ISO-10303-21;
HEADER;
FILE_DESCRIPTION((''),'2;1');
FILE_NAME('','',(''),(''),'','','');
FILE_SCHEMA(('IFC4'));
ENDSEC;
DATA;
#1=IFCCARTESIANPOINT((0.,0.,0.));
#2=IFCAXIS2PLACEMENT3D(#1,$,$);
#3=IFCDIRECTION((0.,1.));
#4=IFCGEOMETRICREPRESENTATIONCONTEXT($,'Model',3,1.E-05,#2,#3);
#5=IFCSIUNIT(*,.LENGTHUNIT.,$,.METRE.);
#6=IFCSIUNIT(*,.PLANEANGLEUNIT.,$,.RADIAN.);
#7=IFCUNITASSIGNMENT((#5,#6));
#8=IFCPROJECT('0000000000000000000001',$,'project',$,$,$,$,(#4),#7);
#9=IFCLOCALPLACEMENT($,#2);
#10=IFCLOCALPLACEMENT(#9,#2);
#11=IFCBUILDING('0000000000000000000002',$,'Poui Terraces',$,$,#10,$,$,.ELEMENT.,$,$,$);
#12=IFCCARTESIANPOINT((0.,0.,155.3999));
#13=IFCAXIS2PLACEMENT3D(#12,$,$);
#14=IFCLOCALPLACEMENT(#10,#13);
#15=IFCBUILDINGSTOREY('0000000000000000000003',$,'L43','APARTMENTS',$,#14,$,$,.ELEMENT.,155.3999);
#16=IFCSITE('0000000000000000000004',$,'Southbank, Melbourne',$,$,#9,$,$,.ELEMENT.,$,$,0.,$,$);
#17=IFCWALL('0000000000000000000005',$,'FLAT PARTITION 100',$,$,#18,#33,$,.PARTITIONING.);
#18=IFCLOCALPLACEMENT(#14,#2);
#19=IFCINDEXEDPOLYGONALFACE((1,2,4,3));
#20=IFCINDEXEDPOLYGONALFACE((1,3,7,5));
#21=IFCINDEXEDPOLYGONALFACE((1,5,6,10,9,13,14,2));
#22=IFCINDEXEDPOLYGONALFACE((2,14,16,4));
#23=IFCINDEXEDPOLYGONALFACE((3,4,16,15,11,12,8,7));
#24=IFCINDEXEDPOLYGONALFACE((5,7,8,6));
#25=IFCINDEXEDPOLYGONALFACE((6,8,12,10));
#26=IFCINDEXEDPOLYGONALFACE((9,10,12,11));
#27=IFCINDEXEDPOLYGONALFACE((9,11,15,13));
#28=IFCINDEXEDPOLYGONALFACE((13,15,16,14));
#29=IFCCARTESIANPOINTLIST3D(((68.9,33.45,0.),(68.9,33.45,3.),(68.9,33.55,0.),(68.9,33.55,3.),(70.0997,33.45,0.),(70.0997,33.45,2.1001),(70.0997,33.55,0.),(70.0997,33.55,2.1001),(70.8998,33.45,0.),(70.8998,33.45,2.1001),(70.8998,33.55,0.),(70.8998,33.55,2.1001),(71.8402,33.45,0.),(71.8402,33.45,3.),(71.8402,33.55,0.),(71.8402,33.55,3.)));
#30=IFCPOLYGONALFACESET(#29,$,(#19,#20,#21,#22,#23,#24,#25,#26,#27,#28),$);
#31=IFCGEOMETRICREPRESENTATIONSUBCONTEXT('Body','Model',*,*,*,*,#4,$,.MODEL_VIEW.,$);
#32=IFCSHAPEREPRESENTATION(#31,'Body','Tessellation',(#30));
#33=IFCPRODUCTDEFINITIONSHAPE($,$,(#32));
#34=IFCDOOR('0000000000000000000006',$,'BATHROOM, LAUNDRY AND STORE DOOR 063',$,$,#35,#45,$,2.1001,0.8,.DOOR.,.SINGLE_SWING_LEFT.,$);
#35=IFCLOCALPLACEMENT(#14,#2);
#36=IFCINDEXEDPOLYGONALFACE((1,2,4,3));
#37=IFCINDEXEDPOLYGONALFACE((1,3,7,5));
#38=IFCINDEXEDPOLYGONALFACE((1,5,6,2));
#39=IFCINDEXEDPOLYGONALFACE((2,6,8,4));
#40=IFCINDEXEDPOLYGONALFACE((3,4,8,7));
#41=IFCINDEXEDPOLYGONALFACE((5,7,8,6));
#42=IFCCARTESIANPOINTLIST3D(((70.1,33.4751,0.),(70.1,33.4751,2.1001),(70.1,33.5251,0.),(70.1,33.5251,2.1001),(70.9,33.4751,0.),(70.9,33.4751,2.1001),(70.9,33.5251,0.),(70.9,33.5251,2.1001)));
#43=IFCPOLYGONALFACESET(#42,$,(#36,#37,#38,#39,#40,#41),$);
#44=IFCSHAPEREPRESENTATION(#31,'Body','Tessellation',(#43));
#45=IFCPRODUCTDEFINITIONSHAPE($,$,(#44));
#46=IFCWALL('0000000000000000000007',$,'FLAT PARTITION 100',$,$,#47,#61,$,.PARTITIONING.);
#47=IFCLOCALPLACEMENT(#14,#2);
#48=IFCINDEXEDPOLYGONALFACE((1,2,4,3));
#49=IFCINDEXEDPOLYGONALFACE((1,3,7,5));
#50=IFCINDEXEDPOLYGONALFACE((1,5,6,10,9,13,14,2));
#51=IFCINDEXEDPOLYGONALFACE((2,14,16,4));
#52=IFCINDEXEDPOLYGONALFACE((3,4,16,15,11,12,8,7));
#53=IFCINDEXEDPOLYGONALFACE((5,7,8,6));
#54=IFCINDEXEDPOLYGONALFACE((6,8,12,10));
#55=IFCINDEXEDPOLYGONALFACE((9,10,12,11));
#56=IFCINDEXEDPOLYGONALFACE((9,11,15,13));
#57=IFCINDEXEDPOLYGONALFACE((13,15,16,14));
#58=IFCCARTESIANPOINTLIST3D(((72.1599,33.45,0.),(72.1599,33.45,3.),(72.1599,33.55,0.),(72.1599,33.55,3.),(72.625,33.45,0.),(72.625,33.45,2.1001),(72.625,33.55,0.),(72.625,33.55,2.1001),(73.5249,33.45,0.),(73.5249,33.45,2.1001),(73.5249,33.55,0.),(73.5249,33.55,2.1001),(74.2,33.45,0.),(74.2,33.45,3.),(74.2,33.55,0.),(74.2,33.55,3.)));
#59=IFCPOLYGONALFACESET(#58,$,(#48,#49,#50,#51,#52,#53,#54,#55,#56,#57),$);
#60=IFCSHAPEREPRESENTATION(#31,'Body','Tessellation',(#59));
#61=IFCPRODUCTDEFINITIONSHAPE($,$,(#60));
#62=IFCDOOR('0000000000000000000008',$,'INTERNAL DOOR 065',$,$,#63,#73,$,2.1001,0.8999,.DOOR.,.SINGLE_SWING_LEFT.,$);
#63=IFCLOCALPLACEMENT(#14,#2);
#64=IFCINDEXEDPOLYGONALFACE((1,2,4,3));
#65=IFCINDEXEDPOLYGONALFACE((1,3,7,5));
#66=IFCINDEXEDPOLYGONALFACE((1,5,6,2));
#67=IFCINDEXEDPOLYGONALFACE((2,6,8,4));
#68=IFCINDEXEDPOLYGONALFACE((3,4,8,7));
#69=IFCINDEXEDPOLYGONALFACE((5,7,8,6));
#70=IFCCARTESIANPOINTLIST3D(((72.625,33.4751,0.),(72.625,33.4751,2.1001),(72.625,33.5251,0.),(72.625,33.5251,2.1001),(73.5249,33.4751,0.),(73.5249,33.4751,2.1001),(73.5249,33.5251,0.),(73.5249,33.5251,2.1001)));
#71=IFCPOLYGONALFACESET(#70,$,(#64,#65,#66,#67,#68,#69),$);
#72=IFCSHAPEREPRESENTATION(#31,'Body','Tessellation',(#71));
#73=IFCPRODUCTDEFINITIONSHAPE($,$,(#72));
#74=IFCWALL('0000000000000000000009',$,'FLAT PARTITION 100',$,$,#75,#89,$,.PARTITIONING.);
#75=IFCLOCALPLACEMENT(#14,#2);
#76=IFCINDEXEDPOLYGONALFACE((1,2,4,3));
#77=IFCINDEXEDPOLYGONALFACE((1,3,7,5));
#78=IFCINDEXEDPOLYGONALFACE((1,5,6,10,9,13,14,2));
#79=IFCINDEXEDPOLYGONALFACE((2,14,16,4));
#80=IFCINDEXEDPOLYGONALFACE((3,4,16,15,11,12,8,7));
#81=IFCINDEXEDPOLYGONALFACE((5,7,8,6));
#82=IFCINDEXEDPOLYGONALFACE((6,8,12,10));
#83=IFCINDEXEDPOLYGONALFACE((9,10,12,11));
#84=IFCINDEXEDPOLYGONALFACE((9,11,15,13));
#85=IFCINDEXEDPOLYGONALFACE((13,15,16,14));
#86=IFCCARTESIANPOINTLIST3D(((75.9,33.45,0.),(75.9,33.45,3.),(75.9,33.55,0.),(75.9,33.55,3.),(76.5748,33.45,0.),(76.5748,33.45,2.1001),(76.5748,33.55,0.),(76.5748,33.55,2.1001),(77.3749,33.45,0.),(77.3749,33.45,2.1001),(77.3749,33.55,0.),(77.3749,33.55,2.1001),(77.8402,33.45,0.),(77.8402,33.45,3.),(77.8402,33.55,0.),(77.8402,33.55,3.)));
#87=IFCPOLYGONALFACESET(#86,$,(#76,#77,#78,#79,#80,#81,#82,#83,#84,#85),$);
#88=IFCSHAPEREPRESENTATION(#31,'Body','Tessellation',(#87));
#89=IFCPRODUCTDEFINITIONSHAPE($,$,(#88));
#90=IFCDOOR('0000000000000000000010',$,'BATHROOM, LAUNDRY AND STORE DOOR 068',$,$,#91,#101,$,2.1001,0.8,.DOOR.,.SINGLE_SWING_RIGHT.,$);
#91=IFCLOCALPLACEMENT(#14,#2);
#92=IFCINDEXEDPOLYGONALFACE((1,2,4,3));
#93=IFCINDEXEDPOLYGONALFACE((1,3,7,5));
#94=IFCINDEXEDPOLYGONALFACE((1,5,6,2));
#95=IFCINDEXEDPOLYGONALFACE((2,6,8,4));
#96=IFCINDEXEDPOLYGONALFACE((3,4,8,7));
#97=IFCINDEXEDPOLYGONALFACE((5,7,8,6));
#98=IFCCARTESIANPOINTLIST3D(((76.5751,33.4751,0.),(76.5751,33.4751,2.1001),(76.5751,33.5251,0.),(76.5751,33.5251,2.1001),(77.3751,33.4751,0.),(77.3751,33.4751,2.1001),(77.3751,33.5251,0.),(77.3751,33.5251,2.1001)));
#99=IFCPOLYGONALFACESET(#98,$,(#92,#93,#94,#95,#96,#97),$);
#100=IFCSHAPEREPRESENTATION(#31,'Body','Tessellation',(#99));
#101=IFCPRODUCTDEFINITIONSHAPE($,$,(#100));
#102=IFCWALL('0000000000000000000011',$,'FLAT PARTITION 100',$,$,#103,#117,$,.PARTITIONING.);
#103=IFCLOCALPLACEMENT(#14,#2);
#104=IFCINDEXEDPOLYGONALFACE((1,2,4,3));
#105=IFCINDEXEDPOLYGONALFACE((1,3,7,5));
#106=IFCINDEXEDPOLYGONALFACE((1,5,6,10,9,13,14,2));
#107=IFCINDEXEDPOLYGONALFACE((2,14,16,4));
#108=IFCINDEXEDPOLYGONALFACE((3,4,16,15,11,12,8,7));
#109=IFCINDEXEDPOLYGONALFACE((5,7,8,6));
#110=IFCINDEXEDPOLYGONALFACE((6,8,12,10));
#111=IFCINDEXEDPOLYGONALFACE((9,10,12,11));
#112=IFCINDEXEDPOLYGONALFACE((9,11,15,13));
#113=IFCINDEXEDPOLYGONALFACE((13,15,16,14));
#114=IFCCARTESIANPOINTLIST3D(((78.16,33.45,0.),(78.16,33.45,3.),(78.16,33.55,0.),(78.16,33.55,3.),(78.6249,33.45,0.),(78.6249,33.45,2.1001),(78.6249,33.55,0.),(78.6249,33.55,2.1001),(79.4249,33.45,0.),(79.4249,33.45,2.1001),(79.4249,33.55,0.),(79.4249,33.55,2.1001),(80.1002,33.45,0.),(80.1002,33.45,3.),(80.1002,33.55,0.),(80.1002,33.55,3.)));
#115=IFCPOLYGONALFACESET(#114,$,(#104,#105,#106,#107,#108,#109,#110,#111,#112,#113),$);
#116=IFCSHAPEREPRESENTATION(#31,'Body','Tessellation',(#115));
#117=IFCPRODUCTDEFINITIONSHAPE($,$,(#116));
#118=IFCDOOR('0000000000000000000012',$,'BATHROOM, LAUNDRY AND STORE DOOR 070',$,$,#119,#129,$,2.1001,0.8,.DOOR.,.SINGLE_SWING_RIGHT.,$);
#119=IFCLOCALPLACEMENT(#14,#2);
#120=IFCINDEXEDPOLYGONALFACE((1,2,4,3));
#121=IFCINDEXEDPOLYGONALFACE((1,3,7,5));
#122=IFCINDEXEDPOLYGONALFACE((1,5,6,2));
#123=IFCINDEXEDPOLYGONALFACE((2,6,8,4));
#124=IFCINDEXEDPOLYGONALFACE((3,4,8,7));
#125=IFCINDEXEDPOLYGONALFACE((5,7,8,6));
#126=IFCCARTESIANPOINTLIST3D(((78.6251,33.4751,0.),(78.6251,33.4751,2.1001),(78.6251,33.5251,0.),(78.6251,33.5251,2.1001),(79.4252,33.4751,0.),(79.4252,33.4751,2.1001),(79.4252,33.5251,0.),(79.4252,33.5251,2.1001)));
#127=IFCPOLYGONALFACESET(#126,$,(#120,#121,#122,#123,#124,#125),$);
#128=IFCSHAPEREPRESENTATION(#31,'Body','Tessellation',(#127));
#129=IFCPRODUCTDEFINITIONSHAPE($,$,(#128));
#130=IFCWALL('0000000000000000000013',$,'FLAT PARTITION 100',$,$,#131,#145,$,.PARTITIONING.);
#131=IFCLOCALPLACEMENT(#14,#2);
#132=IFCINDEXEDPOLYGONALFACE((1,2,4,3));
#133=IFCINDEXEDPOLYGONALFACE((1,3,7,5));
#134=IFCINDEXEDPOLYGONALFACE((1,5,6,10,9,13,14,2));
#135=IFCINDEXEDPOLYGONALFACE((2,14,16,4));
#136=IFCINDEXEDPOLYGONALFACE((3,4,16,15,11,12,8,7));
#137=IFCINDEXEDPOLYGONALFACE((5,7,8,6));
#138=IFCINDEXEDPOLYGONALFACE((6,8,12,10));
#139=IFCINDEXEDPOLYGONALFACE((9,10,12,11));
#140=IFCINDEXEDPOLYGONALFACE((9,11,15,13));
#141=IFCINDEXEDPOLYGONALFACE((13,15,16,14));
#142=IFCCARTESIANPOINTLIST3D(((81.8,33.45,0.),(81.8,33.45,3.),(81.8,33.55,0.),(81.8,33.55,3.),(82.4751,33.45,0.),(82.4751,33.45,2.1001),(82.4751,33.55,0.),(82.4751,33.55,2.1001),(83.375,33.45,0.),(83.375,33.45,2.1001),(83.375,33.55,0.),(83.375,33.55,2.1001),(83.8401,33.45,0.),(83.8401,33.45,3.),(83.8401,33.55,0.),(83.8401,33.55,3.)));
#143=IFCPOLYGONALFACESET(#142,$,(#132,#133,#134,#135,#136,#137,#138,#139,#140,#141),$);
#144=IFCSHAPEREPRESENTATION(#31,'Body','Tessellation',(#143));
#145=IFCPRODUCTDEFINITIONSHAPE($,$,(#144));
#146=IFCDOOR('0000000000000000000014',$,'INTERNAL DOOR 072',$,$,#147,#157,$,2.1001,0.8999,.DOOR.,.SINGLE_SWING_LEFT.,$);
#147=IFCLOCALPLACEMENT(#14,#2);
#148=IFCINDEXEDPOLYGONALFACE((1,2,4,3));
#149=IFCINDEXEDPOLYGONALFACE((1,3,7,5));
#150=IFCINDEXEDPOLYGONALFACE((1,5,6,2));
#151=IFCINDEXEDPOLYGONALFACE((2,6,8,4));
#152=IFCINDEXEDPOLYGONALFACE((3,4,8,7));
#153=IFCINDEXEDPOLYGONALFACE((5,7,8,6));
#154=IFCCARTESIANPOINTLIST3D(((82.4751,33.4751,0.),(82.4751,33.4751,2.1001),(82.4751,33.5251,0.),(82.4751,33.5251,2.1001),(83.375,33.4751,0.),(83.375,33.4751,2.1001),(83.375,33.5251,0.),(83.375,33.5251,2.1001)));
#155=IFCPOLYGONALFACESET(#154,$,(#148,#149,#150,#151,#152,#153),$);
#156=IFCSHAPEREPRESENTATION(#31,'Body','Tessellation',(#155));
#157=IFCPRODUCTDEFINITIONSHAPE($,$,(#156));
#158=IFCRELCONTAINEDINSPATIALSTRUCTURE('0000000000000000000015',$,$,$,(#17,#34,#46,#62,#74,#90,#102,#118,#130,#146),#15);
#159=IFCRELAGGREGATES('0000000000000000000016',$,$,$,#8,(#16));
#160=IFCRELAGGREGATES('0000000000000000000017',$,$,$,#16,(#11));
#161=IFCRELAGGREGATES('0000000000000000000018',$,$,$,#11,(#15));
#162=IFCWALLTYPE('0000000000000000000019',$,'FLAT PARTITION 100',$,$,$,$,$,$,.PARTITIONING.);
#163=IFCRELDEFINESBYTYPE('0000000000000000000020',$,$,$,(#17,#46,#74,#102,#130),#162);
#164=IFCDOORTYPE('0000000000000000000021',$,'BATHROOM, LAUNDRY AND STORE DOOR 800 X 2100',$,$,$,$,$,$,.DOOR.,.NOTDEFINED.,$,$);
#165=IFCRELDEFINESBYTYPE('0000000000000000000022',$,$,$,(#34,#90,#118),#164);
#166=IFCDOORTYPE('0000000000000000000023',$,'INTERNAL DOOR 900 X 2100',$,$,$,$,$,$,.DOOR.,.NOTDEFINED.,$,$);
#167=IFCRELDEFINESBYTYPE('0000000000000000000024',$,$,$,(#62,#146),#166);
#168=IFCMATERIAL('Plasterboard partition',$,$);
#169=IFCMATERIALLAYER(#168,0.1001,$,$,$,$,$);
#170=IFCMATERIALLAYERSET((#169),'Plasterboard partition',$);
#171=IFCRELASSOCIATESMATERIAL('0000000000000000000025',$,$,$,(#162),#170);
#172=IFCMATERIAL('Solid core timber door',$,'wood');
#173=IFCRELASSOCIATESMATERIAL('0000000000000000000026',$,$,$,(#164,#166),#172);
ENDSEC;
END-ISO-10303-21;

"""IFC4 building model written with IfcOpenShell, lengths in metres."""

from ifc_helpers import new_model, si_unit, direction, frame, frame_2d, origin, place, context, subcontext, project, spatial, rectangle, extrude, material, layer, layer_set, type_object, element, fill, save


model = new_model("IFC4")

# Units and contexts
model_context = context("Model", 3, precision=1e-05, world=origin(), true_north=direction((0.0, 1.0)))
body_context = subcontext(model_context, "Body", "Model", "MODEL_VIEW")
ifc_project = project(units=[si_unit("LENGTHUNIT", "METRE"), si_unit("PLANEANGLEUNIT", "RADIAN")], contexts=[model_context])

# Site, building, storey
site_placement = place(None, origin())
site = spatial("IfcSite", under=ifc_project, at=site_placement, Name="Southbank, Melbourne", CompositionType="ELEMENT", RefElevation=0.0)
building_placement = place(site_placement, origin())
building = spatial("IfcBuilding", under=site, at=building_placement, Name="Poui Terraces", CompositionType="ELEMENT")
storey_placement = place(building_placement, frame((0.0, 0.0, 155.3999)))
storey = spatial("IfcBuildingStorey", under=building, at=storey_placement, Name="L43", Description="APARTMENTS", CompositionType="ELEMENT", Elevation=155.3999)

# Walls, openings, doors
ifc_material_1 = material(Name="Plasterboard partition")
ifc_layer_1 = layer(ifc_material_1, 0.1001)
ifc_layer_set_1 = layer_set([ifc_layer_1], Name="Plasterboard partition")
wall_type_1 = type_object("IfcWallType", Name="FLAT PARTITION 100", PredefinedType="PARTITIONING", material=ifc_layer_set_1)
wall_1_placement = place(storey_placement, frame((68.8999, 33.5, 0.0), z_axis=(0.0, 0.0, 1.0), x_axis=(1.0, 0.0, 0.0)))
wall_1 = element("IfcWall", 1, at=wall_1_placement, inside=storey, type_object=wall_type_1, Name="FLAT PARTITION 100", PredefinedType="PARTITIONING", context=body_context, shape_type="SweptSolid", body=[
    extrude(rectangle(XDim=2.9402, YDim=0.1001, at=frame_2d((1.4702, 0.0))), origin(), (0.0, 0.0, 1.0), 3.0),
])
opening_1_placement = place(wall_1_placement, frame((1.2, 0.0, 0.0)))
opening_1 = element("IfcOpeningElement", 2, at=opening_1_placement, cuts=wall_1, PredefinedType="OPENING", context=body_context, shape_type="SweptSolid", body=[
    extrude(rectangle(XDim=0.8, YDim=2.1001, at=frame_2d((0.3999, 1.05))), frame((0.0, 0.0601, 0.0), z_axis=(0.0, -1.0, 0.0), x_axis=(1.0, 0.0, 0.0)), (0.0, 0.0, 1.0), 0.1201),
])
ifc_material_2 = material(Name="Solid core timber door", Category="wood")
door_type_1 = type_object("IfcDoorType", Name="BATHROOM, LAUNDRY AND STORE DOOR 800 X 2100", OperationType="NOTDEFINED", PredefinedType="DOOR", material=ifc_material_2)
door_1_placement = place(opening_1_placement, frame((0.8, 0.0, 0.0), z_axis=(0.0, 0.0, 1.0), x_axis=(-1.0, 0.0, 0.0)))
door_1 = element("IfcDoor", 3, at=door_1_placement, inside=storey, type_object=door_type_1, Name="BATHROOM, LAUNDRY AND STORE DOOR 063", OperationType="SINGLE_SWING_LEFT", OverallHeight=2.1001, OverallWidth=0.8, PredefinedType="DOOR", context=body_context, shape_type="SweptSolid", body=[
    extrude(rectangle(XDim=0.8, YDim=2.1001, at=frame_2d((0.3999, 1.05))), frame((0.0, 0.0249, 0.0), z_axis=(0.0, -1.0, 0.0), x_axis=(1.0, 0.0, 0.0)), (0.0, 0.0, 1.0), 0.05),
])
fill(opening_1, door_1)
wall_2_placement = place(storey_placement, frame((72.1599, 33.5, 0.0), z_axis=(0.0, 0.0, 1.0), x_axis=(1.0, 0.0, 0.0)))
wall_2 = element("IfcWall", 4, at=wall_2_placement, inside=storey, type_object=wall_type_1, Name="FLAT PARTITION 100", PredefinedType="PARTITIONING", context=body_context, shape_type="SweptSolid", body=[
    extrude(rectangle(XDim=2.04, YDim=0.1001, at=frame_2d((1.02, 0.0))), origin(), (0.0, 0.0, 1.0), 3.0),
])
opening_2_placement = place(wall_2_placement, frame((0.4651, 0.0, 0.0)))
opening_2 = element("IfcOpeningElement", 5, at=opening_2_placement, cuts=wall_2, PredefinedType="OPENING", context=body_context, shape_type="SweptSolid", body=[
    extrude(rectangle(XDim=0.8999, YDim=2.1001, at=frame_2d((0.45, 1.05))), frame((0.0, 0.0601, 0.0), z_axis=(0.0, -1.0, 0.0), x_axis=(1.0, 0.0, 0.0)), (0.0, 0.0, 1.0), 0.1201),
])
door_type_2 = type_object("IfcDoorType", Name="INTERNAL DOOR 900 X 2100", OperationType="NOTDEFINED", PredefinedType="DOOR", material=ifc_material_2)
door_2_placement = place(opening_2_placement, frame((0.8999, 0.0, 0.0), z_axis=(0.0, 0.0, 1.0), x_axis=(-1.0, 0.0, 0.0)))
door_2 = element("IfcDoor", 6, at=door_2_placement, inside=storey, type_object=door_type_2, Name="INTERNAL DOOR 065", OperationType="SINGLE_SWING_LEFT", OverallHeight=2.1001, OverallWidth=0.8999, PredefinedType="DOOR", context=body_context, shape_type="SweptSolid", body=[
    extrude(rectangle(XDim=0.8999, YDim=2.1001, at=frame_2d((0.45, 1.05))), frame((0.0, 0.0249, 0.0), z_axis=(0.0, -1.0, 0.0), x_axis=(1.0, 0.0, 0.0)), (0.0, 0.0, 1.0), 0.05),
])
fill(opening_2, door_2)
wall_3_placement = place(storey_placement, frame((75.8999, 33.5, 0.0), z_axis=(0.0, 0.0, 1.0), x_axis=(1.0, 0.0, 0.0)))
wall_3 = element("IfcWall", 7, at=wall_3_placement, inside=storey, type_object=wall_type_1, Name="FLAT PARTITION 100", PredefinedType="PARTITIONING", context=body_context, shape_type="SweptSolid", body=[
    extrude(rectangle(XDim=1.9402, YDim=0.1001, at=frame_2d((0.9702, 0.0))), origin(), (0.0, 0.0, 1.0), 3.0),
])
opening_3_placement = place(wall_3_placement, frame((0.675, 0.0, 0.0)))
opening_3 = element("IfcOpeningElement", 8, at=opening_3_placement, cuts=wall_3, PredefinedType="OPENING", context=body_context, shape_type="SweptSolid", body=[
    extrude(rectangle(XDim=0.8, YDim=2.1001, at=frame_2d((0.3999, 1.05))), frame((0.0, 0.0601, 0.0), z_axis=(0.0, -1.0, 0.0), x_axis=(1.0, 0.0, 0.0)), (0.0, 0.0, 1.0), 0.1201),
])
door_3_placement = place(opening_3_placement, frame((0.8, 0.0, 0.0), z_axis=(0.0, 0.0, 1.0), x_axis=(-1.0, 0.0, 0.0)))
door_3 = element("IfcDoor", 9, at=door_3_placement, inside=storey, type_object=door_type_1, Name="BATHROOM, LAUNDRY AND STORE DOOR 068", OperationType="SINGLE_SWING_RIGHT", OverallHeight=2.1001, OverallWidth=0.8, PredefinedType="DOOR", context=body_context, shape_type="SweptSolid", body=[
    extrude(rectangle(XDim=0.8, YDim=2.1001, at=frame_2d((0.3999, 1.05))), frame((0.0, 0.0249, 0.0), z_axis=(0.0, -1.0, 0.0), x_axis=(1.0, 0.0, 0.0)), (0.0, 0.0, 1.0), 0.05),
])
fill(opening_3, door_3)
wall_4_placement = place(storey_placement, frame((78.1599, 33.5, 0.0), z_axis=(0.0, 0.0, 1.0), x_axis=(1.0, 0.0, 0.0)))
wall_4 = element("IfcWall", 10, at=wall_4_placement, inside=storey, type_object=wall_type_1, Name="FLAT PARTITION 100", PredefinedType="PARTITIONING", context=body_context, shape_type="SweptSolid", body=[
    extrude(rectangle(XDim=1.9402, YDim=0.1001, at=frame_2d((0.9702, 0.0))), origin(), (0.0, 0.0, 1.0), 3.0),
])
opening_4_placement = place(wall_4_placement, frame((0.4651, 0.0, 0.0)))
opening_4 = element("IfcOpeningElement", 11, at=opening_4_placement, cuts=wall_4, PredefinedType="OPENING", context=body_context, shape_type="SweptSolid", body=[
    extrude(rectangle(XDim=0.8, YDim=2.1001, at=frame_2d((0.3999, 1.05))), frame((0.0, 0.0601, 0.0), z_axis=(0.0, -1.0, 0.0), x_axis=(1.0, 0.0, 0.0)), (0.0, 0.0, 1.0), 0.1201),
])
door_4_placement = place(opening_4_placement, frame((0.8, 0.0, 0.0), z_axis=(0.0, 0.0, 1.0), x_axis=(-1.0, 0.0, 0.0)))
door_4 = element("IfcDoor", 12, at=door_4_placement, inside=storey, type_object=door_type_1, Name="BATHROOM, LAUNDRY AND STORE DOOR 070", OperationType="SINGLE_SWING_RIGHT", OverallHeight=2.1001, OverallWidth=0.8, PredefinedType="DOOR", context=body_context, shape_type="SweptSolid", body=[
    extrude(rectangle(XDim=0.8, YDim=2.1001, at=frame_2d((0.3999, 1.05))), frame((0.0, 0.0249, 0.0), z_axis=(0.0, -1.0, 0.0), x_axis=(1.0, 0.0, 0.0)), (0.0, 0.0, 1.0), 0.05),
])
fill(opening_4, door_4)
wall_5_placement = place(storey_placement, frame((81.8, 33.5, 0.0), z_axis=(0.0, 0.0, 1.0), x_axis=(1.0, 0.0, 0.0)))
wall_5 = element("IfcWall", 13, at=wall_5_placement, inside=storey, type_object=wall_type_1, Name="FLAT PARTITION 100", PredefinedType="PARTITIONING", context=body_context, shape_type="SweptSolid", body=[
    extrude(rectangle(XDim=2.04, YDim=0.1001, at=frame_2d((1.02, 0.0))), origin(), (0.0, 0.0, 1.0), 3.0),
])
opening_5_placement = place(wall_5_placement, frame((0.675, 0.0, 0.0)))
opening_5 = element("IfcOpeningElement", 14, at=opening_5_placement, cuts=wall_5, PredefinedType="OPENING", context=body_context, shape_type="SweptSolid", body=[
    extrude(rectangle(XDim=0.8999, YDim=2.1001, at=frame_2d((0.45, 1.05))), frame((0.0, 0.0601, 0.0), z_axis=(0.0, -1.0, 0.0), x_axis=(1.0, 0.0, 0.0)), (0.0, 0.0, 1.0), 0.1201),
])
door_5_placement = place(opening_5_placement, frame((0.8999, 0.0, 0.0), z_axis=(0.0, 0.0, 1.0), x_axis=(-1.0, 0.0, 0.0)))
door_5 = element("IfcDoor", 15, at=door_5_placement, inside=storey, type_object=door_type_2, Name="INTERNAL DOOR 072", OperationType="SINGLE_SWING_LEFT", OverallHeight=2.1001, OverallWidth=0.8999, PredefinedType="DOOR", context=body_context, shape_type="SweptSolid", body=[
    extrude(rectangle(XDim=0.8999, YDim=2.1001, at=frame_2d((0.45, 1.05))), frame((0.0, 0.0249, 0.0), z_axis=(0.0, -1.0, 0.0), x_axis=(1.0, 0.0, 0.0)), (0.0, 0.0, 1.0), 0.05),
])
fill(opening_5, door_5)

save(model, "model.ifc")
